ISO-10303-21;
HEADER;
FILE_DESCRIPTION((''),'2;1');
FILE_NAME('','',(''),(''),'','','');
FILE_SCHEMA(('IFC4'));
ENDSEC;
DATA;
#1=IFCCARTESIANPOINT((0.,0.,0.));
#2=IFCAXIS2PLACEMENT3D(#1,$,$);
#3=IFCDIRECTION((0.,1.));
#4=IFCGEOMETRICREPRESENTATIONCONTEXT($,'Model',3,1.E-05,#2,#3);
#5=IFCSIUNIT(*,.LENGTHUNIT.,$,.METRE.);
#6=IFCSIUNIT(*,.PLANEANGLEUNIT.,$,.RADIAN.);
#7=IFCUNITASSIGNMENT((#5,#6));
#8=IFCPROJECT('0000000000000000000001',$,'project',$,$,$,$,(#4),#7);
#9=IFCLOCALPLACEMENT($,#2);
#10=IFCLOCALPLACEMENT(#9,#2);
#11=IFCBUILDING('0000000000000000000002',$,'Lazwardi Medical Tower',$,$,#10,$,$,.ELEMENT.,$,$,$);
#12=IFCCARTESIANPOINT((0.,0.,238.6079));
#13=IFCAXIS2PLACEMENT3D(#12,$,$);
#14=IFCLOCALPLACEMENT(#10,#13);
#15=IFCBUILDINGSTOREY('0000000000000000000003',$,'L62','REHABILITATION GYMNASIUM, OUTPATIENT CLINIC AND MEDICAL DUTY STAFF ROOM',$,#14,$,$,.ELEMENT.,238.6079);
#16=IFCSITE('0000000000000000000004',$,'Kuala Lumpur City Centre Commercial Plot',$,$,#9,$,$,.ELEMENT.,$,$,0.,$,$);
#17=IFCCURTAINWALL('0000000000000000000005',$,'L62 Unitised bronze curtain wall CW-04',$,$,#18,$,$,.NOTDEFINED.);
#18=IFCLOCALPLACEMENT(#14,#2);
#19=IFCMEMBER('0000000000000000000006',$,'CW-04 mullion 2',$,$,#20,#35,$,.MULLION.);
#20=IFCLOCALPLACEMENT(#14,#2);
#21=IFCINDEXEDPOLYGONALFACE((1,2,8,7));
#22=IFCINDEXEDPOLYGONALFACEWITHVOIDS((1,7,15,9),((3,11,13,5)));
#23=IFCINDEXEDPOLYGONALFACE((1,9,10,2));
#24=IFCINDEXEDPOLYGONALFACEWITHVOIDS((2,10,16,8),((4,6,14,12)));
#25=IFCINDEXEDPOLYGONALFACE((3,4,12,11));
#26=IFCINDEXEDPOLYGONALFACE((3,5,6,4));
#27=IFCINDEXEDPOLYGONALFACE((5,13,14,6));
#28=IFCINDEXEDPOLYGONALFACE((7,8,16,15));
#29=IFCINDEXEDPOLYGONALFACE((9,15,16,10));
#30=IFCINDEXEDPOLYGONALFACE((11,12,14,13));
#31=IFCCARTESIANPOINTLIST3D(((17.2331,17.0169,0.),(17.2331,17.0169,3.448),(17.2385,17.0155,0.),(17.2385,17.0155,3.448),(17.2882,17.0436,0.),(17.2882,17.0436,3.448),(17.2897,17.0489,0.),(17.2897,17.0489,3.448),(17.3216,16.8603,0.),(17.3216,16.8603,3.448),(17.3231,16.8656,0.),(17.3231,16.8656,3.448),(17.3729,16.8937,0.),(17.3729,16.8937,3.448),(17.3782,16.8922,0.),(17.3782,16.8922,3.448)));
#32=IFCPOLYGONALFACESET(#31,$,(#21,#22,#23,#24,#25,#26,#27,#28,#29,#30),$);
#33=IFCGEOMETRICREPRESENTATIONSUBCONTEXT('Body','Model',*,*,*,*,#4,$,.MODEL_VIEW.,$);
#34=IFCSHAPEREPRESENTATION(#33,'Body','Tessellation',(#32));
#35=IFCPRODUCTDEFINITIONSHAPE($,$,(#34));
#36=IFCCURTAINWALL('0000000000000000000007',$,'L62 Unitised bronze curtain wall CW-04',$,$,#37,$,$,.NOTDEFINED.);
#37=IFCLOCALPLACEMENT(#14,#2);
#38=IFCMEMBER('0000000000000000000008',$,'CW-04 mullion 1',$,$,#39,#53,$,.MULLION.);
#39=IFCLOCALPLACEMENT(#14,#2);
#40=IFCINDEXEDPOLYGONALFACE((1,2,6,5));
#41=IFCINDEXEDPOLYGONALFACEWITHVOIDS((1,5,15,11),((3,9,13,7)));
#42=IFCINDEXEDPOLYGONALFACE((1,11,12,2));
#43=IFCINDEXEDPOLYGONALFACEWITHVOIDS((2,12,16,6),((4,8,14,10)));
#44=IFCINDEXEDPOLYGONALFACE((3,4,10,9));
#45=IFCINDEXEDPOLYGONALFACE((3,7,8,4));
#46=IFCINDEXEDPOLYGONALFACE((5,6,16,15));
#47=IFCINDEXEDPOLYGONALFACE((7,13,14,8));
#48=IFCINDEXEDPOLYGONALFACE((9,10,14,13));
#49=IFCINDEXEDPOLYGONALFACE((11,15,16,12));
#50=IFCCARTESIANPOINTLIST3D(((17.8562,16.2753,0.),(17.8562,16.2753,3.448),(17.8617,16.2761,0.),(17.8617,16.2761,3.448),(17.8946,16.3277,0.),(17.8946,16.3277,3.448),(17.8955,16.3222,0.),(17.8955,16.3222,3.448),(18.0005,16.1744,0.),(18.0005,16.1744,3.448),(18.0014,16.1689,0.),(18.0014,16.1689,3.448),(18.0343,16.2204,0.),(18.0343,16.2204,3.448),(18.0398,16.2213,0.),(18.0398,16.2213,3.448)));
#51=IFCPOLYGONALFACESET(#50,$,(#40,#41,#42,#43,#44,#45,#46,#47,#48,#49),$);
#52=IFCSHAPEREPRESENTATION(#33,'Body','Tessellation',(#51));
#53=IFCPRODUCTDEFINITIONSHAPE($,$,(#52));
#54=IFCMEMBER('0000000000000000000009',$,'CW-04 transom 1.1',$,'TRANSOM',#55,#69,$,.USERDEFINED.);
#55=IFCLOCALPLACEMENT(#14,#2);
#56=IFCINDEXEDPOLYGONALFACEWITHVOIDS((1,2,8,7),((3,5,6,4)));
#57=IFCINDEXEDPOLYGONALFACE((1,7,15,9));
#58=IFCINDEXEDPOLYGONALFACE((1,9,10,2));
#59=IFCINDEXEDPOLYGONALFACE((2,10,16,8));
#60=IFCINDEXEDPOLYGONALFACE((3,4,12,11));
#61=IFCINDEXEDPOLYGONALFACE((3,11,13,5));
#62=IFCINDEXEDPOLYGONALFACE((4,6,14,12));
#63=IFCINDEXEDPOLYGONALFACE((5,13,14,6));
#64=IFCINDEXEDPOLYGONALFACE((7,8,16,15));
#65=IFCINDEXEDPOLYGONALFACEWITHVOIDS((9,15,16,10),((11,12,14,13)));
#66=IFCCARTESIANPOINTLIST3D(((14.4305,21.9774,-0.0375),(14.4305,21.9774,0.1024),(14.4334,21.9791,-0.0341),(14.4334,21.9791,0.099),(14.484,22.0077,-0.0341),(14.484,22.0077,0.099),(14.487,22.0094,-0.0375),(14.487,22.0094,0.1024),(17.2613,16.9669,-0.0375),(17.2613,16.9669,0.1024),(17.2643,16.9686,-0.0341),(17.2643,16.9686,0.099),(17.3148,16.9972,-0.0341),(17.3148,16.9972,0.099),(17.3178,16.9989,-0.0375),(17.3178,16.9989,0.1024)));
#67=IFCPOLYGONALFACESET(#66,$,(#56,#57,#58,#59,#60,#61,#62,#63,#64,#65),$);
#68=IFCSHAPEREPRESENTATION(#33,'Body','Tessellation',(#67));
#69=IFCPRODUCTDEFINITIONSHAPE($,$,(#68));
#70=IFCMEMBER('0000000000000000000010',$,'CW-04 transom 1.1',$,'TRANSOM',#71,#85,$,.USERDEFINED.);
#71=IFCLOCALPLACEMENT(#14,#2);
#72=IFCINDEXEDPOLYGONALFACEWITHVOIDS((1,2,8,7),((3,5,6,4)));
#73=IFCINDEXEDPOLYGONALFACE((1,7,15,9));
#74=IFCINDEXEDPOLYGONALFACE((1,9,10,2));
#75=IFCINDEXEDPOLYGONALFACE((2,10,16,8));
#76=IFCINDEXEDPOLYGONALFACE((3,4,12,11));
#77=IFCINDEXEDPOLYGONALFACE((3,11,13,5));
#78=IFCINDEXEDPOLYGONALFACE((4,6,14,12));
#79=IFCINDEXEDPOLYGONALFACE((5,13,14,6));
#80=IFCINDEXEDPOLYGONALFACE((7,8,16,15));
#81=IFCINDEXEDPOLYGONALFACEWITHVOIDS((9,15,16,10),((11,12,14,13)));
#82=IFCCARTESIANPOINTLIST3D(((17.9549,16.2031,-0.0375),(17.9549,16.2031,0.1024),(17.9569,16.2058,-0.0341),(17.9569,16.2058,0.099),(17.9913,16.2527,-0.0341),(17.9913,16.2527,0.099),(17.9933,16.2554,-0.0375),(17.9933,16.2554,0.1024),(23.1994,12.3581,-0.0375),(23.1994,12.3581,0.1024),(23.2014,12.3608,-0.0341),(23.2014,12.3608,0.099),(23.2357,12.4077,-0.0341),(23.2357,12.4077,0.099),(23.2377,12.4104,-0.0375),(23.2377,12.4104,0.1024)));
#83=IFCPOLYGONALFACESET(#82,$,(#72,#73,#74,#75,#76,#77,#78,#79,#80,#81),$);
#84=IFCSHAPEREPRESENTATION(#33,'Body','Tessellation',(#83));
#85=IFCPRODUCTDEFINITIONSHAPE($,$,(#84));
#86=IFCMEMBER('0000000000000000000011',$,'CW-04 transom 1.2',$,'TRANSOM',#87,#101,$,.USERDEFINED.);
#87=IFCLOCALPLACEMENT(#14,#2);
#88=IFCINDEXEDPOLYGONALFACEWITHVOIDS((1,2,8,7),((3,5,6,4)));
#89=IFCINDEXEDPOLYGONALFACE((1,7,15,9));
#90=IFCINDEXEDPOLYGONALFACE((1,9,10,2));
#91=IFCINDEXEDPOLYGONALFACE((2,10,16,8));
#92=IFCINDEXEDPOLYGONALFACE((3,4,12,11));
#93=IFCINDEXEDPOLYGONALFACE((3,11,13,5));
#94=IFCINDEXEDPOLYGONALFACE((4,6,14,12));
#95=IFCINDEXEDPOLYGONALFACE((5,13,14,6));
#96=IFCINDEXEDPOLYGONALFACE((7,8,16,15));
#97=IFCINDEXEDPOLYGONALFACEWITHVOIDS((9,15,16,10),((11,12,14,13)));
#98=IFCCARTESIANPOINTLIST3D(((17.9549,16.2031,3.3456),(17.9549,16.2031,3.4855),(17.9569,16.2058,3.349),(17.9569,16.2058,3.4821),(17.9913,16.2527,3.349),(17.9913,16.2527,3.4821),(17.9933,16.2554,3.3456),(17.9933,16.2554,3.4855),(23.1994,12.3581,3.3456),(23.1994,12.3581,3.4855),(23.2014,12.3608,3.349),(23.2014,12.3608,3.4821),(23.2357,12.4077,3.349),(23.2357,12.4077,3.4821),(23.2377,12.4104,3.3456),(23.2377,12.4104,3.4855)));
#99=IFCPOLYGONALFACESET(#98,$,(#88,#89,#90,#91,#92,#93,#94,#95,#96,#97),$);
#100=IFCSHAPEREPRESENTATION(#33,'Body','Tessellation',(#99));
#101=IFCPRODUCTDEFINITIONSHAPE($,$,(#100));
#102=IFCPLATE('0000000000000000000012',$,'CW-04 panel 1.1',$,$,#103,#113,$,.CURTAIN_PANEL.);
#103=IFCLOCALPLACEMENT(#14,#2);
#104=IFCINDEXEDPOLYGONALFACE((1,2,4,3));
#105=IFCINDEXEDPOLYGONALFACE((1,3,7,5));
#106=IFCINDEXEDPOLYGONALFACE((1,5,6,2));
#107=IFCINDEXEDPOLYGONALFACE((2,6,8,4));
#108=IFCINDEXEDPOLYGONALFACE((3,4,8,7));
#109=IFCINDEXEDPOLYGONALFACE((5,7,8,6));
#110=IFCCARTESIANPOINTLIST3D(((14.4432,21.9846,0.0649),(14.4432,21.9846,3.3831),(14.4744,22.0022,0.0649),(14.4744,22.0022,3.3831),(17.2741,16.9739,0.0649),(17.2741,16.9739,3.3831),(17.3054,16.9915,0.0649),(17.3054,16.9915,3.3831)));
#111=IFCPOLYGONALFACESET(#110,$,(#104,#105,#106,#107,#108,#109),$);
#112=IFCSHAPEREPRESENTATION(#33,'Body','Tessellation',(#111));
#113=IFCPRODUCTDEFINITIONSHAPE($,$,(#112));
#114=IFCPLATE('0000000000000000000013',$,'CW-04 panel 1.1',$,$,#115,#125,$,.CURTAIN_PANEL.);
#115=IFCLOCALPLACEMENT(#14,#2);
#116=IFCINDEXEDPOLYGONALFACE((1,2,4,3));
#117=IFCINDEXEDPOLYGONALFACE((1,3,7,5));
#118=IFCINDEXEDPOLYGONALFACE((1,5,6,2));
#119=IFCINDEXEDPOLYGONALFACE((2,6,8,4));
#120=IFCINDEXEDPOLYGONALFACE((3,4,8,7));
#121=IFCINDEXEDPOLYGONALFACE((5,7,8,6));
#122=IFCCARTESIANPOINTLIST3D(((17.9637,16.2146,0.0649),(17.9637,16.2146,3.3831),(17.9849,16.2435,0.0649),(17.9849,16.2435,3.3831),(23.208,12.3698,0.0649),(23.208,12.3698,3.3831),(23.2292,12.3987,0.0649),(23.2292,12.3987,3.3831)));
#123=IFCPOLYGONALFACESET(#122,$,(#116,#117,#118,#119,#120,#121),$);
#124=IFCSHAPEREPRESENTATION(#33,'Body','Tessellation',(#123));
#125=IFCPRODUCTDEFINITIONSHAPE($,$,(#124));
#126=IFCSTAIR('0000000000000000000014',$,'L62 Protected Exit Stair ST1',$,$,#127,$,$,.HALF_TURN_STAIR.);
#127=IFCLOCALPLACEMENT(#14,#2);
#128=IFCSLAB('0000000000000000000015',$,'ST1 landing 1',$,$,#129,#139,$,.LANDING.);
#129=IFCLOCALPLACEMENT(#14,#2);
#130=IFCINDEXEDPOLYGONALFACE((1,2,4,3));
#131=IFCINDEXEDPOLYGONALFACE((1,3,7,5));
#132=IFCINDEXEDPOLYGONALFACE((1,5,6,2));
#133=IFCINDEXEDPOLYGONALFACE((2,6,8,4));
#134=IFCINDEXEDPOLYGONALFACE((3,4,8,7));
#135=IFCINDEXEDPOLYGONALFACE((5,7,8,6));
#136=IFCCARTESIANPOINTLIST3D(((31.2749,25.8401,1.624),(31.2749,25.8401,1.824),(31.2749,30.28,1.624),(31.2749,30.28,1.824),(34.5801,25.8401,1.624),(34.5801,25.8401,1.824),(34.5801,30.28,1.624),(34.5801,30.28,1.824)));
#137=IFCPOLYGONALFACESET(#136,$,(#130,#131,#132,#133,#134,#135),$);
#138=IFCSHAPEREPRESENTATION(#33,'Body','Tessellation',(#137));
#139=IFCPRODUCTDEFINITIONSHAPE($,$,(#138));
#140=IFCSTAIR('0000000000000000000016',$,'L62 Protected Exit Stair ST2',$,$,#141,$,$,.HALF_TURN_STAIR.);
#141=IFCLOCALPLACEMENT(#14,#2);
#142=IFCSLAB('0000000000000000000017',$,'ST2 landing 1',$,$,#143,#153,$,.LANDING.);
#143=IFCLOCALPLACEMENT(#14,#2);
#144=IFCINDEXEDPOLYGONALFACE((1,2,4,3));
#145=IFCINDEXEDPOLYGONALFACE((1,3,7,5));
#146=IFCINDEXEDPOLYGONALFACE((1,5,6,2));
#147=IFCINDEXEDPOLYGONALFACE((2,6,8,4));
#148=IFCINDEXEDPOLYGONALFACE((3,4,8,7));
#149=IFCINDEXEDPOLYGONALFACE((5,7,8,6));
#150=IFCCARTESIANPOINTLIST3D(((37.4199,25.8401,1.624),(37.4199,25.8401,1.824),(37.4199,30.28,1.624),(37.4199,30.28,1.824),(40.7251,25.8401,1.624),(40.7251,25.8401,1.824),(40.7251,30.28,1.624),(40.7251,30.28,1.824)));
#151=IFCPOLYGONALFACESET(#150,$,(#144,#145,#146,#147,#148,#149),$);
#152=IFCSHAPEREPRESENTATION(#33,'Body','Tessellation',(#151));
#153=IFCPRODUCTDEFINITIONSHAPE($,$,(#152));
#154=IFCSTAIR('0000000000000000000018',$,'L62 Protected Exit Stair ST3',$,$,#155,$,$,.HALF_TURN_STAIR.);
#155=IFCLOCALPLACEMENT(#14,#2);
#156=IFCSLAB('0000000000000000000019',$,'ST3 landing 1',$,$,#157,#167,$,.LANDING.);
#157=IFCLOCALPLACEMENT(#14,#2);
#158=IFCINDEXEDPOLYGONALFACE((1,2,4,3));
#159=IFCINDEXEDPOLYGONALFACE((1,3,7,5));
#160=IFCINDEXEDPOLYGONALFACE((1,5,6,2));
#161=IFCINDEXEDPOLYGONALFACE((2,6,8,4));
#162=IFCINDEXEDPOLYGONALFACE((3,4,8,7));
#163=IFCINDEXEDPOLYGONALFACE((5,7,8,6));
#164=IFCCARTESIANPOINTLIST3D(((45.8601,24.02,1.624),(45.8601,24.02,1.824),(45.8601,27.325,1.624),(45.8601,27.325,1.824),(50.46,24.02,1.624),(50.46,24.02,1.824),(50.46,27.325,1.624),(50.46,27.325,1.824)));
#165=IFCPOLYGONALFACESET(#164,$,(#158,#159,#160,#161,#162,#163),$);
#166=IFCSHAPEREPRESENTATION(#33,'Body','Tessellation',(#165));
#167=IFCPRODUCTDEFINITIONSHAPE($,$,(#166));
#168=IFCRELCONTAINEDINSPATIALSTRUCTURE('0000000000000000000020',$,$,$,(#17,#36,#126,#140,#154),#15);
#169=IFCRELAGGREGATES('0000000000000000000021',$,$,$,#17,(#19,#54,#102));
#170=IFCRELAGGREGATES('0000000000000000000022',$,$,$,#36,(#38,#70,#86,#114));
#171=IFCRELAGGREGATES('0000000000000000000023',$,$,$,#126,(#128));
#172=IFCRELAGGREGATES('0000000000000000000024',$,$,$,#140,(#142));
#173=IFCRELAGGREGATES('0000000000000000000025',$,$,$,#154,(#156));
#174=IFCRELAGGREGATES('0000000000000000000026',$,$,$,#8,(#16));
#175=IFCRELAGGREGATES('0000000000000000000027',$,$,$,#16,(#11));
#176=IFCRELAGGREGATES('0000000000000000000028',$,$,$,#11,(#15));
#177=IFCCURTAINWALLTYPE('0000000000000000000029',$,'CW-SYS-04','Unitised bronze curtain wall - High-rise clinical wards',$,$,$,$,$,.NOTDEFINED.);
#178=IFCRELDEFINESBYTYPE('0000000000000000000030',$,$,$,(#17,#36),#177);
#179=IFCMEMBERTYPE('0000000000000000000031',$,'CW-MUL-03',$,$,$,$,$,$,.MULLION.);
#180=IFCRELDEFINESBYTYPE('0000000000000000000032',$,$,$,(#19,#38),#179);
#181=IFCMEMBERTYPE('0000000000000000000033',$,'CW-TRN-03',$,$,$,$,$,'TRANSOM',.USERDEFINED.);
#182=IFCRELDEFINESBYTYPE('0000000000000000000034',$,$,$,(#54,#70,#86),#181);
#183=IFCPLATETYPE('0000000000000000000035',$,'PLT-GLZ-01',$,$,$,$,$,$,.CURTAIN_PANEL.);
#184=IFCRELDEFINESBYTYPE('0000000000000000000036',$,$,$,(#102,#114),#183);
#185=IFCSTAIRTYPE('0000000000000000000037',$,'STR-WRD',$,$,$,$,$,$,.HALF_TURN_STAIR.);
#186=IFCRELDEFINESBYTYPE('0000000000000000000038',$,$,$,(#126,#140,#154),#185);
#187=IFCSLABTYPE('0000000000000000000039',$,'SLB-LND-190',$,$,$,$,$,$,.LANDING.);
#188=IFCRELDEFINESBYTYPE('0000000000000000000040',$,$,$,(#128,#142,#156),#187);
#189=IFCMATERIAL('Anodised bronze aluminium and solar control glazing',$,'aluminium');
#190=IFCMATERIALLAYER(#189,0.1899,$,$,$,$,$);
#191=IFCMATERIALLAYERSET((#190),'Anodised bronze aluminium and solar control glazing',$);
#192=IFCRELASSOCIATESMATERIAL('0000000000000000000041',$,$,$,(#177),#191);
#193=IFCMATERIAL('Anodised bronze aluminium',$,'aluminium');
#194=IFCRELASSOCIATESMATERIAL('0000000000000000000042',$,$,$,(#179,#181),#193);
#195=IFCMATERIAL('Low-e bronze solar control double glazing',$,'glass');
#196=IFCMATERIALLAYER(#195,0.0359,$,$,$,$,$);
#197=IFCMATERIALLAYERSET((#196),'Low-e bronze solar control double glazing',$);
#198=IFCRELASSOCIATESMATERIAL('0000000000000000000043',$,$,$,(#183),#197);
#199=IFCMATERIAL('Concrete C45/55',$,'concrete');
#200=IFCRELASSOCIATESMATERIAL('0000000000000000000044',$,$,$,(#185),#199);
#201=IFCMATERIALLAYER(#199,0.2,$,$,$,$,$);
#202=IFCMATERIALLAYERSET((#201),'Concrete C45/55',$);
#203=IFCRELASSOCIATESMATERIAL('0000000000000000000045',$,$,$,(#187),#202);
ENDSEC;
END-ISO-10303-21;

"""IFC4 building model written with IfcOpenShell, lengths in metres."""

from ifc_helpers import new_model, si_unit, direction, frame, origin, origin_2d, place, context, subcontext, project, spatial, polyline, rectangle, hollow_rectangle, outline, extrude, material, layer, layer_set, material_profile, profile_set, type_object, element, aggregate, save


model = new_model("IFC4")

# Units and contexts
model_context = context("Model", 3, precision=1e-05, world=origin(), true_north=direction((0.0, 1.0)))
body_context = subcontext(model_context, "Body", "Model", "MODEL_VIEW")
ifc_project = project(units=[si_unit("LENGTHUNIT", "METRE"), si_unit("PLANEANGLEUNIT", "RADIAN")], contexts=[model_context])

# Site, building, storey
site_placement = place(None, origin())
site = spatial("IfcSite", under=ifc_project, at=site_placement, Name="Kuala Lumpur City Centre Commercial Plot", CompositionType="ELEMENT", RefElevation=0.0)
building_placement = place(site_placement, origin())
building = spatial("IfcBuilding", under=site, at=building_placement, Name="Lazwardi Medical Tower", CompositionType="ELEMENT")
storey_placement = place(building_placement, frame((0.0, 0.0, 238.6079)))
storey = spatial("IfcBuildingStorey", under=building, at=storey_placement, Name="L62", Description="REHABILITATION GYMNASIUM, OUTPATIENT CLINIC AND MEDICAL DUTY STAFF ROOM", CompositionType="ELEMENT", Elevation=238.6079)

# Curtain walls, members
ifc_material_1 = material(Name="Anodised bronze aluminium and solar control glazing", Category="aluminium")
ifc_layer_1 = layer(ifc_material_1, 0.1899)
ifc_layer_set_1 = layer_set([ifc_layer_1], Name="Anodised bronze aluminium and solar control glazing")
curtain_wall_type = type_object("IfcCurtainWallType", Name="CW-SYS-04", Description="Unitised bronze curtain wall - High-rise clinical wards", PredefinedType="NOTDEFINED", material=ifc_layer_set_1)
curtain_wall_1_placement = place(storey_placement, origin())
curtain_wall_1 = element("IfcCurtainWall", 1, at=curtain_wall_1_placement, inside=storey, type_object=curtain_wall_type, Name="L62 Unitised bronze curtain wall CW-04", PredefinedType="NOTDEFINED")
ifc_material_2 = material(Name="Anodised bronze aluminium", Category="aluminium")
ifc_material_profile_1 = material_profile(ifc_material_2, hollow_rectangle(XDim=0.0649, YDim=0.1799, WallThickness=0.0039, at=origin_2d()), Name="ALU-MULLION 180x65x4")
ifc_profile_set_1 = profile_set([ifc_material_profile_1], Name="Anodised bronze aluminium")
member_type_1 = type_object("IfcMemberType", Name="CW-MUL-03", PredefinedType="MULLION", material=ifc_profile_set_1)
member_1_placement = place(storey_placement, frame((17.3057, 16.9546, 0.0), z_axis=(0.0, 0.0, 1.0), x_axis=(0.870651, 0.4919, 0.0)))
member_1 = element("IfcMember", 2, at=member_1_placement, type_object=member_type_1, Name="CW-04 mullion 2", PredefinedType="MULLION", context=body_context, shape_type="SweptSolid", body=[
    extrude(hollow_rectangle(XDim=0.0649, YDim=0.1799, WallThickness=0.0039, at=origin_2d()), origin(), (0.0, 0.0, 1.0), 3.448),
])
curtain_wall_2_placement = place(storey_placement, origin())
curtain_wall_2 = element("IfcCurtainWall", 3, at=curtain_wall_2_placement, inside=storey, type_object=curtain_wall_type, Name="L62 Unitised bronze curtain wall CW-04", PredefinedType="NOTDEFINED")
member_2_placement = place(storey_placement, frame((17.948, 16.2483, 0.0), z_axis=(0.0, 0.0, 1.0), x_axis=(0.591268, 0.806475, 0.0)))
member_2 = element("IfcMember", 4, at=member_2_placement, type_object=member_type_1, Name="CW-04 mullion 1", PredefinedType="MULLION", context=body_context, shape_type="SweptSolid", body=[
    extrude(hollow_rectangle(XDim=0.0649, YDim=0.1799, WallThickness=0.0039, at=origin_2d()), origin(), (0.0, 0.0, 1.0), 3.448),
])

# Members
ifc_material_profile_2 = material_profile(ifc_material_2, hollow_rectangle(XDim=0.0649, YDim=0.1399, WallThickness=0.0034, at=origin_2d()), Name="ALU-TRANSOM 140x65x3.5")
ifc_profile_set_2 = profile_set([ifc_material_profile_2], Name="Anodised bronze aluminium")
member_type_2 = type_object("IfcMemberType", Name="CW-TRN-03", ElementType="TRANSOM", PredefinedType="USERDEFINED", material=ifc_profile_set_2)
member_3_placement = place(storey_placement, frame((14.4587, 21.9934, 0.0325), z_axis=(0.491898, -0.870653, 0.0), x_axis=(0.870653, 0.491898, 0.0)))
member_3 = element("IfcMember", 5, at=member_3_placement, type_object=member_type_2, Name="CW-04 transom 1.1", ObjectType="TRANSOM", PredefinedType="USERDEFINED", context=body_context, shape_type="SweptSolid", body=[
    extrude(hollow_rectangle(XDim=0.0649, YDim=0.1399, WallThickness=0.0034, at=origin_2d()), origin(), (0.0, 0.0, 1.0), 5.7549),
])
member_4_placement = place(storey_placement, frame((17.9741, 16.2292, 0.0325), z_axis=(0.806472, -0.591273, 0.0), x_axis=(0.591273, 0.806472, 0.0)))
member_4 = element("IfcMember", 6, at=member_4_placement, type_object=member_type_2, Name="CW-04 transom 1.1", ObjectType="TRANSOM", PredefinedType="USERDEFINED", context=body_context, shape_type="SweptSolid", body=[
    extrude(hollow_rectangle(XDim=0.0649, YDim=0.1399, WallThickness=0.0034, at=origin_2d()), origin(), (0.0, 0.0, 1.0), 6.5029),
])
member_5_placement = place(storey_placement, frame((17.9741, 16.2292, 3.4155), z_axis=(0.806472, -0.591273, 0.0), x_axis=(0.591273, 0.806472, 0.0)))
member_5 = element("IfcMember", 7, at=member_5_placement, type_object=member_type_2, Name="CW-04 transom 1.2", ObjectType="TRANSOM", PredefinedType="USERDEFINED", context=body_context, shape_type="SweptSolid", body=[
    extrude(hollow_rectangle(XDim=0.0649, YDim=0.1399, WallThickness=0.0034, at=origin_2d()), origin(), (0.0, 0.0, 1.0), 6.5029),
])

# Plates
ifc_material_3 = material(Name="Low-e bronze solar control double glazing", Category="glass")
ifc_layer_2 = layer(ifc_material_3, 0.0359)
ifc_layer_set_2 = layer_set([ifc_layer_2], Name="Low-e bronze solar control double glazing")
plate_type = type_object("IfcPlateType", Name="PLT-GLZ-01", PredefinedType="CURTAIN_PANEL", material=ifc_layer_set_2)
plate_1_placement = place(storey_placement, frame((15.8743, 19.488, 0.0649), z_axis=(0.0, 0.0, 1.0), x_axis=(0.4919, -0.870651, 0.0)))
plate_1 = element("IfcPlate", 8, at=plate_1_placement, type_object=plate_type, Name="CW-04 panel 1.1", PredefinedType="CURTAIN_PANEL", context=body_context, shape_type="SweptSolid", body=[
    extrude(rectangle(XDim=5.7551, YDim=0.0359, at=origin_2d()), origin(), (0.0, 0.0, 1.0), 3.3181),
])
aggregate(curtain_wall_1, [member_1, member_3, plate_1])
plate_2_placement = place(storey_placement, frame((20.5964, 14.3066, 0.0649), z_axis=(0.0, 0.0, 1.0), x_axis=(0.806475, -0.591268, 0.0)))
plate_2 = element("IfcPlate", 9, at=plate_2_placement, type_object=plate_type, Name="CW-04 panel 1.1", PredefinedType="CURTAIN_PANEL", context=body_context, shape_type="SweptSolid", body=[
    extrude(rectangle(XDim=6.5027, YDim=0.0359, at=origin_2d()), origin(), (0.0, 0.0, 1.0), 3.3181),
])
aggregate(curtain_wall_2, [member_2, member_4, member_5, plate_2])

# Stairs, slabs
ifc_material_4 = material(Name="Concrete C45/55", Category="concrete")
stair_type = type_object("IfcStairType", Name="STR-WRD", PredefinedType="HALF_TURN_STAIR", material=ifc_material_4)
stair_1_placement = place(storey_placement, origin())
stair_1 = element("IfcStair", 10, at=stair_1_placement, inside=storey, type_object=stair_type, Name="L62 Protected Exit Stair ST1", PredefinedType="HALF_TURN_STAIR")
ifc_layer_3 = layer(ifc_material_4, 0.2)
ifc_layer_set_3 = layer_set([ifc_layer_3], Name="Concrete C45/55")
slab_type_1 = type_object("IfcSlabType", Name="SLB-LND-190", PredefinedType="LANDING", material=ifc_layer_set_3)
slab_1_placement = place(storey_placement, frame((0.0, 0.0, 1.624)))
slab_1 = element("IfcSlab", 11, at=slab_1_placement, type_object=slab_type_1, Name="ST1 landing 1", PredefinedType="LANDING", context=body_context, shape_type="SweptSolid", body=[
    extrude(outline(polyline([(31.2749, 25.8401), (34.5801, 25.8401), (34.5801, 30.28), (31.2749, 30.28), (31.2749, 25.8401)])), origin(), (0.0, 0.0, 1.0), 0.2),
])
aggregate(stair_1, [slab_1])
stair_2_placement = place(storey_placement, origin())
stair_2 = element("IfcStair", 12, at=stair_2_placement, inside=storey, type_object=stair_type, Name="L62 Protected Exit Stair ST2", PredefinedType="HALF_TURN_STAIR")
slab_2_placement = place(storey_placement, frame((0.0, 0.0, 1.624)))
slab_2 = element("IfcSlab", 13, at=slab_2_placement, type_object=slab_type_1, Name="ST2 landing 1", PredefinedType="LANDING", context=body_context, shape_type="SweptSolid", body=[
    extrude(outline(polyline([(40.7251, 30.28), (37.4199, 30.28), (37.4199, 25.8401), (40.7251, 25.8401), (40.7251, 30.28)])), origin(), (0.0, 0.0, 1.0), 0.2),
])
aggregate(stair_2, [slab_2])
stair_3_placement = place(storey_placement, origin())
stair_3 = element("IfcStair", 14, at=stair_3_placement, inside=storey, type_object=stair_type, Name="L62 Protected Exit Stair ST3", PredefinedType="HALF_TURN_STAIR")
slab_3_placement = place(storey_placement, frame((0.0, 0.0, 1.624)))
slab_3 = element("IfcSlab", 15, at=slab_3_placement, type_object=slab_type_1, Name="ST3 landing 1", PredefinedType="LANDING", context=body_context, shape_type="SweptSolid", body=[
    extrude(outline(polyline([(45.8601, 27.325), (45.8601, 24.02), (50.46, 24.02), (50.46, 27.325), (45.8601, 27.325)])), origin(), (0.0, 0.0, 1.0), 0.2),
])
aggregate(stair_3, [slab_3])

save(model, "model.ifc")
